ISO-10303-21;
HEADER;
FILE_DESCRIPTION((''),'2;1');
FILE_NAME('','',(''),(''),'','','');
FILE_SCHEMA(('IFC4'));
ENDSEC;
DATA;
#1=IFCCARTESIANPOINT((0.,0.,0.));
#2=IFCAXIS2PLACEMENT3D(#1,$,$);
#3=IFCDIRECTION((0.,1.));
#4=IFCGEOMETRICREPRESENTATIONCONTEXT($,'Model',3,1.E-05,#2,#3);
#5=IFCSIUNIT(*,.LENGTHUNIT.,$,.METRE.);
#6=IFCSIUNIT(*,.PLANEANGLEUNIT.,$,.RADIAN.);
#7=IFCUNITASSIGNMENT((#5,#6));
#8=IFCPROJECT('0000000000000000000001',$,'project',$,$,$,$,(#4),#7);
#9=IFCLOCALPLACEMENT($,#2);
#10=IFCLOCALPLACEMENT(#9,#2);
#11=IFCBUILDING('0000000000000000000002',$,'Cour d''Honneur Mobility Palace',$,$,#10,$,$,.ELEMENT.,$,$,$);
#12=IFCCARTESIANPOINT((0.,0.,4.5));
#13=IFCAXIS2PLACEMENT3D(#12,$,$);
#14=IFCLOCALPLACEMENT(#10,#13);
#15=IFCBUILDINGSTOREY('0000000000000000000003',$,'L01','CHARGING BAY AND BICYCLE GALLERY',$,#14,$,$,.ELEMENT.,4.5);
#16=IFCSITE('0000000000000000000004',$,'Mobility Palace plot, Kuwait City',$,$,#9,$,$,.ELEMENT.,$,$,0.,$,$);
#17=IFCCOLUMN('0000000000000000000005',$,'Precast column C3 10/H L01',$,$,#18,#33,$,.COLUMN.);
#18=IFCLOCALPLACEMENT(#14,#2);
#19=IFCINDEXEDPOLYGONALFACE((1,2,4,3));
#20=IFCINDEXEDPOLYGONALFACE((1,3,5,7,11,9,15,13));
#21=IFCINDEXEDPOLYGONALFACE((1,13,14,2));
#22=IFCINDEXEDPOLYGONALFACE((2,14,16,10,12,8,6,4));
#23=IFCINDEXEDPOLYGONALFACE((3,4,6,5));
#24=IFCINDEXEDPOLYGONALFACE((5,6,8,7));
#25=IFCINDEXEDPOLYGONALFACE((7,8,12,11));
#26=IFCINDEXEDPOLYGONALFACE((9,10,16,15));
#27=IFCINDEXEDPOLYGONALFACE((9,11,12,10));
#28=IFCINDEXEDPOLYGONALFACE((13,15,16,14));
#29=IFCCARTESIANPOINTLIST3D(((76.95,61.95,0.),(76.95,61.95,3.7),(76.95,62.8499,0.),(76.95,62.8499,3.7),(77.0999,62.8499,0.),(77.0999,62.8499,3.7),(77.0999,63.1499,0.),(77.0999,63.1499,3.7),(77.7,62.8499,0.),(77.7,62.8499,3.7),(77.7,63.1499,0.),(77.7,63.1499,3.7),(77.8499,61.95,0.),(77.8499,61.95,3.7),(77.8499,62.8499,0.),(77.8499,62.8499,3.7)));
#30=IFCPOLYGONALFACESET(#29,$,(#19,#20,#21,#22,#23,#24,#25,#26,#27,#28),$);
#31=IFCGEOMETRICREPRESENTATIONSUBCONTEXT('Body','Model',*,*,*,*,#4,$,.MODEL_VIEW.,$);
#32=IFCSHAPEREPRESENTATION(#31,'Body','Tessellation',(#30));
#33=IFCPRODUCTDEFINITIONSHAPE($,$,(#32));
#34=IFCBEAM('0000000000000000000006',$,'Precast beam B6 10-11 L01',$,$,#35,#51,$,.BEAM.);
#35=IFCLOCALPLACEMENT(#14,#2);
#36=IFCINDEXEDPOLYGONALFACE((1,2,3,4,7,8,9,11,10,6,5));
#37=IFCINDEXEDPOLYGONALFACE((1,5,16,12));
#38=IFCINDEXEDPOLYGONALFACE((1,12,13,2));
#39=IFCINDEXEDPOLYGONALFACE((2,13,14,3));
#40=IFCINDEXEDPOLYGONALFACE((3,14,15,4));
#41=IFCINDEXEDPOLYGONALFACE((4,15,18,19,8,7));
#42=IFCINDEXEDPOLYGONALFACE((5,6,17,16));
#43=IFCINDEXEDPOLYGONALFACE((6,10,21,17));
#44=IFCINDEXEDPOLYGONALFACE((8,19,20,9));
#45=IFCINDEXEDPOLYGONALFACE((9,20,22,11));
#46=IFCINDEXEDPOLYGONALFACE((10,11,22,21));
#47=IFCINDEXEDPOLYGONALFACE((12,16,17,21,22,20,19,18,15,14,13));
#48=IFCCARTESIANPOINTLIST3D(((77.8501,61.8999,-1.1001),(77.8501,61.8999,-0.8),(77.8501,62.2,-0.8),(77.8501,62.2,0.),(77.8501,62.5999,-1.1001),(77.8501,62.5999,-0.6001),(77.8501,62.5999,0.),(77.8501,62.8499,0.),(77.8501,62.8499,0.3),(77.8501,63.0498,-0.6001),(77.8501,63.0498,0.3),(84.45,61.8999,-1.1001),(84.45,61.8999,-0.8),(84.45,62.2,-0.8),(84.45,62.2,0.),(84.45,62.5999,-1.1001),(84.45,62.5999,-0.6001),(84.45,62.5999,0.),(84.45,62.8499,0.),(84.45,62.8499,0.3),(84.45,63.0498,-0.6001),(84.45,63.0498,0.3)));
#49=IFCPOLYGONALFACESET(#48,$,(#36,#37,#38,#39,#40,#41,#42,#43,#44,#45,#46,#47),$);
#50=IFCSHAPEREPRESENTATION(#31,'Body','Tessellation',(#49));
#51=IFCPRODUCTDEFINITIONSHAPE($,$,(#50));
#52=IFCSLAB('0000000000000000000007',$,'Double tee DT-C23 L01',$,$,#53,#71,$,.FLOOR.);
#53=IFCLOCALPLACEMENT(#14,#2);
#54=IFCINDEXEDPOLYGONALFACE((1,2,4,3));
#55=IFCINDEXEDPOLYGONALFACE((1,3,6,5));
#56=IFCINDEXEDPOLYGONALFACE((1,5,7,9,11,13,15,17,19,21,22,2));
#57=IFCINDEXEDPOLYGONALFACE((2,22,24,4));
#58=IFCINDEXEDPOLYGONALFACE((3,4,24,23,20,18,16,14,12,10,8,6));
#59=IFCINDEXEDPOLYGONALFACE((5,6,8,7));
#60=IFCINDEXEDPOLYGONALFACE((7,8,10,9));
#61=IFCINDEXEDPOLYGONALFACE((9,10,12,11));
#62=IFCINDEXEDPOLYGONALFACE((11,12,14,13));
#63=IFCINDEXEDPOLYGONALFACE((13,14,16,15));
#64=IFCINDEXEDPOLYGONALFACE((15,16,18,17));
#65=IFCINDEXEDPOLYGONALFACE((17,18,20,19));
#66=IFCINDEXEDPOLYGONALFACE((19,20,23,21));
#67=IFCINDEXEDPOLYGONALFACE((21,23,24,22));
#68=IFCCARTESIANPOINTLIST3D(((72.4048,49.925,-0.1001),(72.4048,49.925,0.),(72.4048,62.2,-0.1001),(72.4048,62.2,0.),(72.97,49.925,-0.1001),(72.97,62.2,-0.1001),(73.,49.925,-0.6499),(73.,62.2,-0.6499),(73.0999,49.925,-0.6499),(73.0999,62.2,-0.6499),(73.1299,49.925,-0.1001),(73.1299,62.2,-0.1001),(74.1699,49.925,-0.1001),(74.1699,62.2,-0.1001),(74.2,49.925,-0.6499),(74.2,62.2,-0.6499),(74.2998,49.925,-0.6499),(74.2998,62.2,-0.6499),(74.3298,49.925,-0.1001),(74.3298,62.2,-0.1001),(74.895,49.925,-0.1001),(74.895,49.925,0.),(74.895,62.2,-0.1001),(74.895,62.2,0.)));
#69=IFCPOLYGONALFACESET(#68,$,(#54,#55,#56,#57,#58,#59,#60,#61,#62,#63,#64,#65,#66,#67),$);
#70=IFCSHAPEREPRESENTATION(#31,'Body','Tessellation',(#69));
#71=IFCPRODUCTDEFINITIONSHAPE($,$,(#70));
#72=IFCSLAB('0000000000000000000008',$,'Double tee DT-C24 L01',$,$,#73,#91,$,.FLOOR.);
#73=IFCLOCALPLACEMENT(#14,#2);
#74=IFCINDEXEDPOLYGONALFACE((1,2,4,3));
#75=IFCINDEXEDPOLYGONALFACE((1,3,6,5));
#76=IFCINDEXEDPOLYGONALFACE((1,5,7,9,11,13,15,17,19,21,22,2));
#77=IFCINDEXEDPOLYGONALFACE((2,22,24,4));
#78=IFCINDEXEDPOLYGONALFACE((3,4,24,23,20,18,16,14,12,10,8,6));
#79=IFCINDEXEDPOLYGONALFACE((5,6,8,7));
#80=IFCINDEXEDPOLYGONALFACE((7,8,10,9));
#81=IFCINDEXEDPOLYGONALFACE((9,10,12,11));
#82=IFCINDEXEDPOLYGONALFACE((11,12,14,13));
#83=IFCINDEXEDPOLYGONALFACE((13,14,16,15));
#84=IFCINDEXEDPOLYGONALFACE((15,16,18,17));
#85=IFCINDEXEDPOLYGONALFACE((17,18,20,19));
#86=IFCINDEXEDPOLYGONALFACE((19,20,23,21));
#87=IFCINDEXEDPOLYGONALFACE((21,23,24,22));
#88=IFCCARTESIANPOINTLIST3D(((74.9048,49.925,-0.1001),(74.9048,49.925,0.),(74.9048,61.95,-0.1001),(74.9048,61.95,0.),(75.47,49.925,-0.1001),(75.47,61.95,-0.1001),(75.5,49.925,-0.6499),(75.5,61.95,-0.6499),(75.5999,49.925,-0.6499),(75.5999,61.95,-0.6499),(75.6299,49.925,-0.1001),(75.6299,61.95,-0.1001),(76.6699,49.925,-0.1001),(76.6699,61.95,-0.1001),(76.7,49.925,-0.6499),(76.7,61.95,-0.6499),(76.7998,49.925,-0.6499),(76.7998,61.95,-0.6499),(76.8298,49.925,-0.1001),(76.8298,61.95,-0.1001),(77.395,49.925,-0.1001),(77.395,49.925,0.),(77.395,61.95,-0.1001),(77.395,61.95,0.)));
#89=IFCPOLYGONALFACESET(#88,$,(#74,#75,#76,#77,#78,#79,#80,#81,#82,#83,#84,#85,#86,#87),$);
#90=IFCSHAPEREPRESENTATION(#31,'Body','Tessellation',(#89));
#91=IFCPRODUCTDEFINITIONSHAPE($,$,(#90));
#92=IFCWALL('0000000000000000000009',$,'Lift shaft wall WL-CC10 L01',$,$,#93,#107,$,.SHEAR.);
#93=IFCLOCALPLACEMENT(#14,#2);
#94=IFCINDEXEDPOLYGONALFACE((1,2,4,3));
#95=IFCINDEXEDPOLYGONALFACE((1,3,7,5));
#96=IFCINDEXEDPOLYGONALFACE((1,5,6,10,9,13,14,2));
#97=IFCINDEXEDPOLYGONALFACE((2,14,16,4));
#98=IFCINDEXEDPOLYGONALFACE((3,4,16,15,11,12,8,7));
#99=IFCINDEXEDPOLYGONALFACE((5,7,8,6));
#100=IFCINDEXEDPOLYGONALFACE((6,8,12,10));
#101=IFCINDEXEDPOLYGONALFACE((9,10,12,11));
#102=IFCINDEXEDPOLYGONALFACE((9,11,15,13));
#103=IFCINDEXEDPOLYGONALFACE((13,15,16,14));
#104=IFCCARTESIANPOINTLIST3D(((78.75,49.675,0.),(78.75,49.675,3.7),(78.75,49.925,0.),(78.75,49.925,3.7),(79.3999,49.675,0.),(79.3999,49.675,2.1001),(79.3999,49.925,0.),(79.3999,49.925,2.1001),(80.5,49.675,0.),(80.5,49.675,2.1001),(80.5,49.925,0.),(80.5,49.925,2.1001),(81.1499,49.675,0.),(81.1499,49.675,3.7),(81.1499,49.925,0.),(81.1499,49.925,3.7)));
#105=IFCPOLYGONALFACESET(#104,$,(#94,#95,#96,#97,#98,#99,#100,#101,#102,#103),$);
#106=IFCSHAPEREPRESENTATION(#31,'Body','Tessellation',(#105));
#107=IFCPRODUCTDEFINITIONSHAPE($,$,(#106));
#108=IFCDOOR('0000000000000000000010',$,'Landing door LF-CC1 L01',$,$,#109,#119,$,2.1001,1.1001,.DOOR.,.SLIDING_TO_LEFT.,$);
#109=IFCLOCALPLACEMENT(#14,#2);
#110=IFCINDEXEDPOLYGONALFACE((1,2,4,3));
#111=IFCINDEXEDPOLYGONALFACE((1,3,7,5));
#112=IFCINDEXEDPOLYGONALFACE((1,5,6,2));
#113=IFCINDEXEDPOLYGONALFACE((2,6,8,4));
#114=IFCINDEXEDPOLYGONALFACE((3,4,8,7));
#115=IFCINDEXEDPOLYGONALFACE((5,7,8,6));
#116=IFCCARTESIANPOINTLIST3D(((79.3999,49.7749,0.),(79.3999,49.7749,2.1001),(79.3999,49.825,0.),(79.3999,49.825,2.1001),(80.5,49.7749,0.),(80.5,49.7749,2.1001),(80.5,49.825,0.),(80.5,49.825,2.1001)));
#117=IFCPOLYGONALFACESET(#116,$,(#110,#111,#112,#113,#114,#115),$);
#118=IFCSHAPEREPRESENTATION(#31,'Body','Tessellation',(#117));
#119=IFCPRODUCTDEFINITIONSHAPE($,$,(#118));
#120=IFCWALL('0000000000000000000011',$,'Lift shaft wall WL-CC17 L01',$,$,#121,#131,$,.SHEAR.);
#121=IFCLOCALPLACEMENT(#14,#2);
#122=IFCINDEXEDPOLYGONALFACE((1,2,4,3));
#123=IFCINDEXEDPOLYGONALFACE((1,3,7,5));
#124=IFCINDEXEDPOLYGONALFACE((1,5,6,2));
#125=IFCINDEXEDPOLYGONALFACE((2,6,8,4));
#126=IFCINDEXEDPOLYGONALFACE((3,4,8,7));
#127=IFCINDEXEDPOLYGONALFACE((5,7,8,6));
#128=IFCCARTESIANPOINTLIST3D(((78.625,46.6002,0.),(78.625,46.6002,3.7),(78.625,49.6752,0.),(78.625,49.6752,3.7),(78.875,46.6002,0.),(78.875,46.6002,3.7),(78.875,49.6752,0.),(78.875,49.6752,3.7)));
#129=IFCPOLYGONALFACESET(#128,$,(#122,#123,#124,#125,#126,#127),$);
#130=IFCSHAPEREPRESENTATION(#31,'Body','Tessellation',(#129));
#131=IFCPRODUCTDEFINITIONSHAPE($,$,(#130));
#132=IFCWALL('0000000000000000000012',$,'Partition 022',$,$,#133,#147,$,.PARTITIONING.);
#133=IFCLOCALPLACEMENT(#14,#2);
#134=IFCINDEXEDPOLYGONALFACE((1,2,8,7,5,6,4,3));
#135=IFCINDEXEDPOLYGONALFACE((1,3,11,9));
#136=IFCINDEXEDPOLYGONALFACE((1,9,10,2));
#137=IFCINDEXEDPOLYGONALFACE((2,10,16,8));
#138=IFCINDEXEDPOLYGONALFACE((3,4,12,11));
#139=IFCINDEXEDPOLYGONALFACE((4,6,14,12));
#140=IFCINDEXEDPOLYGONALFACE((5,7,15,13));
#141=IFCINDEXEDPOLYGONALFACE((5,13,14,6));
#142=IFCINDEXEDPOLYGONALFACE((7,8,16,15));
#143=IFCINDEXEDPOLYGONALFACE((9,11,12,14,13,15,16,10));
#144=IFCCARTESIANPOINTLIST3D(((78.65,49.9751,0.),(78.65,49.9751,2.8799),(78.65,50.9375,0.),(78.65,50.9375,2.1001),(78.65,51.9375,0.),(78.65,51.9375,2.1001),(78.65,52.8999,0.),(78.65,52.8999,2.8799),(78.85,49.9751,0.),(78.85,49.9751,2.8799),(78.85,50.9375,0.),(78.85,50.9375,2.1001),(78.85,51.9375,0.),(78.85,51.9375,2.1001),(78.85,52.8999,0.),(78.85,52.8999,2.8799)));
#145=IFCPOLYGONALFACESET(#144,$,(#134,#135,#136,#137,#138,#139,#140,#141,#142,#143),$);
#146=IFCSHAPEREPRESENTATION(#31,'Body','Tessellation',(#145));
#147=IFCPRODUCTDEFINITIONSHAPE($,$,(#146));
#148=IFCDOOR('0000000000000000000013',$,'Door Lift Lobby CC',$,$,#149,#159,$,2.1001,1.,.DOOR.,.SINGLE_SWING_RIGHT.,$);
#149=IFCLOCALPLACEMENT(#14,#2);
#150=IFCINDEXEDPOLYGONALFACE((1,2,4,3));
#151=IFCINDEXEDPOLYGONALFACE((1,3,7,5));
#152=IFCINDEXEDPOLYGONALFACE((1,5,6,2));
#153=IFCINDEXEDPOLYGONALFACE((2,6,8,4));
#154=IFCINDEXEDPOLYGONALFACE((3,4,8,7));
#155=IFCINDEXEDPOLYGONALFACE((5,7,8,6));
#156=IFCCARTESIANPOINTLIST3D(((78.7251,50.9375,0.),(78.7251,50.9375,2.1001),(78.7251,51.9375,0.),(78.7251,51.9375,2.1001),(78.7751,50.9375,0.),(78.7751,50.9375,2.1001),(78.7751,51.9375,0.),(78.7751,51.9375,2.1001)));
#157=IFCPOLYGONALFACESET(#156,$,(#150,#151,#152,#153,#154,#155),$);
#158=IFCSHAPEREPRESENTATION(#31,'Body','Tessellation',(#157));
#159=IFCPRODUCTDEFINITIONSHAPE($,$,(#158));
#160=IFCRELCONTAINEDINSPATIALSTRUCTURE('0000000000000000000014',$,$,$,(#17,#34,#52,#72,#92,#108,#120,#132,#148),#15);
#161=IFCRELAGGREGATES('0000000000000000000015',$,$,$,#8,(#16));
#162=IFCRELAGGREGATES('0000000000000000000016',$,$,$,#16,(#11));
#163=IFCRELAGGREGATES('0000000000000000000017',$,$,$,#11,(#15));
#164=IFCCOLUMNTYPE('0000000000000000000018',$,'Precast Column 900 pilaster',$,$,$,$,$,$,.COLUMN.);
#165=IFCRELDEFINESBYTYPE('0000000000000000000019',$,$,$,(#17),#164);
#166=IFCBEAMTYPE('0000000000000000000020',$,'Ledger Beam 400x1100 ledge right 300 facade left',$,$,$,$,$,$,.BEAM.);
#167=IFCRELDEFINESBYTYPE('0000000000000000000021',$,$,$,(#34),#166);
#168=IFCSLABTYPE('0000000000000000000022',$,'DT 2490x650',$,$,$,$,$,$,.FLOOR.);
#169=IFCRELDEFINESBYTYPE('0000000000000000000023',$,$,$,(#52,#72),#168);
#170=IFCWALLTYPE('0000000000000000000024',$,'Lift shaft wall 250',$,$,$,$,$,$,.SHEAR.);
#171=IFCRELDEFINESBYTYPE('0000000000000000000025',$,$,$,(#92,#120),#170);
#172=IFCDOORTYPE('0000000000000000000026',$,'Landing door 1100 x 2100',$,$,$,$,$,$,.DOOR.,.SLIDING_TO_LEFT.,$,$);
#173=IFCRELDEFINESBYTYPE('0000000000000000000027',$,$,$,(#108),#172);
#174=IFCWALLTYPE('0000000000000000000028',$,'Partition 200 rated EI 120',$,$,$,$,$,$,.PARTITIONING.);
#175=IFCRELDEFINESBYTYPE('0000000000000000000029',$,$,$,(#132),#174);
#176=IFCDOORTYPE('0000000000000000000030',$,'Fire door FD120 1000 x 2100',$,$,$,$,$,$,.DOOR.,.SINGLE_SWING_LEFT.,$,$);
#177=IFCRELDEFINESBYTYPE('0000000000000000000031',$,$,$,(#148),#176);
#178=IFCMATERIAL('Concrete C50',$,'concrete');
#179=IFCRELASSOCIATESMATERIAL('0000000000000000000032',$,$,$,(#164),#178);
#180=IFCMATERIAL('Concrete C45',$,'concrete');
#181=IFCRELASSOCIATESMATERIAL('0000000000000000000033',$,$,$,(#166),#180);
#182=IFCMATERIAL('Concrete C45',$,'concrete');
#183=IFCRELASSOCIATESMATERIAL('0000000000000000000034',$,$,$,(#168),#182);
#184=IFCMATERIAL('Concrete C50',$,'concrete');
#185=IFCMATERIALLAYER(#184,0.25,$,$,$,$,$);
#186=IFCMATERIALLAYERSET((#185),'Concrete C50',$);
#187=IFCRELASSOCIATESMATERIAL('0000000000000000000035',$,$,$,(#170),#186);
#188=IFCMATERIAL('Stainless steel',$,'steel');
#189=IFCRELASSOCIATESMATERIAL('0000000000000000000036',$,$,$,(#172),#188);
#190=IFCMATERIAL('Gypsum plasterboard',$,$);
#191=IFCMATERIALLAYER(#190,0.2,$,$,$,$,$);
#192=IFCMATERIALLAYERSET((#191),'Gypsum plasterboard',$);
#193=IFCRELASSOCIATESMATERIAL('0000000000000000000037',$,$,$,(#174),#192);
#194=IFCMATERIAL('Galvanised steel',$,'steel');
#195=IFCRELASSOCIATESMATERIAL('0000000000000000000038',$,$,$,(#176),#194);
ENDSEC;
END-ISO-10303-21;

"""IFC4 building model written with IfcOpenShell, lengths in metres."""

from ifc_helpers import new_model, si_unit, direction, frame, frame_2d, origin, place, context, subcontext, project, spatial, polyline, rectangle, outline, extrude, material, layer, layer_set, material_profile, profile_set, type_object, element, fill, save


model = new_model("IFC4")

# Units and contexts
model_context = context("Model", 3, precision=1e-05, world=origin(), true_north=direction((0.0, 1.0)))
body_context = subcontext(model_context, "Body", "Model", "MODEL_VIEW")
ifc_project = project(units=[si_unit("LENGTHUNIT", "METRE"), si_unit("PLANEANGLEUNIT", "RADIAN")], contexts=[model_context])

# Site, building, storey
site_placement = place(None, origin())
site = spatial("IfcSite", under=ifc_project, at=site_placement, Name="Mobility Palace plot, Kuwait City", CompositionType="ELEMENT", RefElevation=0.0)
building_placement = place(site_placement, origin())
building = spatial("IfcBuilding", under=site, at=building_placement, Name="Cour d'Honneur Mobility Palace", CompositionType="ELEMENT")
storey_placement = place(building_placement, frame((0.0, 0.0, 4.5)))
storey = spatial("IfcBuildingStorey", under=building, at=storey_placement, Name="L01", Description="CHARGING BAY AND BICYCLE GALLERY", CompositionType="ELEMENT", Elevation=4.5)

# Column
ifc_material_1 = material(Name="Concrete C50", Category="concrete")
ifc_material_profile_1 = material_profile(ifc_material_1, outline(polyline([(-0.45, -0.45), (0.45, -0.45), (0.45, -0.3), (0.75, -0.3), (0.75, 0.3), (0.45, 0.3), (0.45, 0.45), (-0.45, 0.45), (-0.45, -0.45)])), Name="PC C900 pilaster")
ifc_profile_set_1 = profile_set([ifc_material_profile_1], Name="Concrete C50")
column_type = type_object("IfcColumnType", Name="Precast Column 900 pilaster", PredefinedType="COLUMN", material=ifc_profile_set_1)
column_placement = place(storey_placement, frame((77.3999, 62.3999, 0.0), z_axis=(0.0, 0.0, 1.0), x_axis=(0.0, 1.0, 0.0)))
element("IfcColumn", 1, at=column_placement, inside=storey, type_object=column_type, Name="Precast column C3 10/H L01", PredefinedType="COLUMN", context=body_context, shape_type="SweptSolid", body=[
    extrude(outline(polyline([(-0.45, -0.45), (0.45, -0.45), (0.45, -0.3), (0.75, -0.3), (0.75, 0.3), (0.45, 0.3), (0.45, 0.45), (-0.45, 0.45), (-0.45, -0.45)])), origin(), (0.0, 0.0, 1.0), 3.7),
])

# Beam
ifc_material_2 = material(Name="Concrete C45", Category="concrete")
ifc_material_profile_2 = material_profile(ifc_material_2, outline(polyline([(0.2, -1.1001), (0.2, -0.6001), (0.6499, -0.6001), (0.6499, 0.3), (0.45, 0.3), (0.45, 0.0), (0.2, 0.0), (-0.2, 0.0), (-0.2, -0.8), (-0.5, -0.8), (-0.5, -1.1001), (0.2, -1.1001)])), Name="Ledger Beam 400x1100 ledge right 300 facade left")
ifc_profile_set_2 = profile_set([ifc_material_profile_2], Name="Concrete C45")
beam_type = type_object("IfcBeamType", Name="Ledger Beam 400x1100 ledge right 300 facade left", PredefinedType="BEAM", material=ifc_profile_set_2)
beam_placement = place(storey_placement, frame((77.8501, 62.3999, 0.0), z_axis=(1.0, 0.0, 0.0), x_axis=(0.0, 1.0, 0.0)))
element("IfcBeam", 2, at=beam_placement, inside=storey, type_object=beam_type, Name="Precast beam B6 10-11 L01", PredefinedType="BEAM", context=body_context, shape_type="SweptSolid", body=[
    extrude(outline(polyline([(0.2, -1.1001), (0.2, -0.6001), (0.6499, -0.6001), (0.6499, 0.3), (0.45, 0.3), (0.45, 0.0), (0.2, 0.0), (-0.2, 0.0), (-0.2, -0.8), (-0.5, -0.8), (-0.5, -1.1001), (0.2, -1.1001)])), origin(), (0.0, 0.0, 1.0), 6.5999),
])

# Slabs
ifc_material_3 = material(Name="Concrete C45", Category="concrete")
ifc_material_profile_3 = material_profile(ifc_material_3, outline(polyline([(-1.2451, 0.0), (1.2451, 0.0), (1.2451, -0.1001), (0.6799, -0.1001), (0.6499, -0.6499), (0.55, -0.6499), (0.52, -0.1001), (-0.52, -0.1001), (-0.55, -0.6499), (-0.6499, -0.6499), (-0.6799, -0.1001), (-1.2451, -0.1001), (-1.2451, 0.0)])), Name="DT 2490x650")
ifc_profile_set_3 = profile_set([ifc_material_profile_3], Name="Concrete C45")
slab_type = type_object("IfcSlabType", Name="DT 2490x650", PredefinedType="FLOOR", material=ifc_profile_set_3)
slab_1_placement = place(storey_placement, frame((73.6499, 49.925, 0.0), z_axis=(0.0, 1.0, 0.0), x_axis=(-1.0, 0.0, 0.0)))
element("IfcSlab", 3, at=slab_1_placement, inside=storey, type_object=slab_type, Name="Double tee DT-C23 L01", PredefinedType="FLOOR", context=body_context, shape_type="SweptSolid", body=[
    extrude(outline(polyline([(-1.2451, 0.0), (1.2451, 0.0), (1.2451, -0.1001), (0.6799, -0.1001), (0.6499, -0.6499), (0.55, -0.6499), (0.52, -0.1001), (-0.52, -0.1001), (-0.55, -0.6499), (-0.6499, -0.6499), (-0.6799, -0.1001), (-1.2451, -0.1001), (-1.2451, 0.0)])), origin(), (0.0, 0.0, 1.0), 12.2749),
])
slab_2_placement = place(storey_placement, frame((76.1499, 49.925, 0.0), z_axis=(0.0, 1.0, 0.0), x_axis=(-1.0, 0.0, 0.0)))
element("IfcSlab", 4, at=slab_2_placement, inside=storey, type_object=slab_type, Name="Double tee DT-C24 L01", PredefinedType="FLOOR", context=body_context, shape_type="SweptSolid", body=[
    extrude(outline(polyline([(-1.2451, 0.0), (1.2451, 0.0), (1.2451, -0.1001), (0.6799, -0.1001), (0.6499, -0.6499), (0.55, -0.6499), (0.52, -0.1001), (-0.52, -0.1001), (-0.55, -0.6499), (-0.6499, -0.6499), (-0.6799, -0.1001), (-1.2451, -0.1001), (-1.2451, 0.0)])), origin(), (0.0, 0.0, 1.0), 12.0249),
])

# Wall, opening, door
ifc_material_4 = material(Name="Concrete C50", Category="concrete")
ifc_layer_1 = layer(ifc_material_4, 0.25)
ifc_layer_set_1 = layer_set([ifc_layer_1], Name="Concrete C50")
wall_type_1 = type_object("IfcWallType", Name="Lift shaft wall 250", PredefinedType="SHEAR", material=ifc_layer_set_1)
wall_1_placement = place(storey_placement, frame((78.75, 49.8, 0.0), z_axis=(0.0, 0.0, 1.0), x_axis=(1.0, 0.0, 0.0)))
wall_1 = element("IfcWall", 5, at=wall_1_placement, inside=storey, type_object=wall_type_1, Name="Lift shaft wall WL-CC10 L01", PredefinedType="SHEAR", context=body_context, shape_type="SweptSolid", body=[
    extrude(rectangle(XDim=2.3999, YDim=0.25, at=frame_2d((1.2, 0.0))), origin(), (0.0, 0.0, 1.0), 3.7),
])
opening_1_placement = place(wall_1_placement, frame((0.6499, 0.0, 0.0)))
opening_1 = element("IfcOpeningElement", 6, at=opening_1_placement, cuts=wall_1, PredefinedType="OPENING", context=body_context, shape_type="SweptSolid", body=[
    extrude(rectangle(XDim=1.1001, YDim=2.1001, at=frame_2d((0.55, 1.05))), frame((0.0, 0.135, 0.0), z_axis=(0.0, -1.0, 0.0), x_axis=(1.0, 0.0, 0.0)), (0.0, 0.0, 1.0), 0.27),
])
ifc_material_5 = material(Name="Stainless steel", Category="steel")
door_type_1 = type_object("IfcDoorType", Name="Landing door 1100 x 2100", OperationType="SLIDING_TO_LEFT", PredefinedType="DOOR", material=ifc_material_5)
door_1_placement = place(opening_1_placement, origin())
door_1 = element("IfcDoor", 7, at=door_1_placement, inside=storey, type_object=door_type_1, Name="Landing door LF-CC1 L01", OperationType="SLIDING_TO_LEFT", OverallHeight=2.1001, OverallWidth=1.1001, PredefinedType="DOOR", context=body_context, shape_type="SweptSolid", body=[
    extrude(rectangle(XDim=1.1001, YDim=2.1001, at=frame_2d((0.55, 1.05))), frame((0.0, 0.0249, 0.0), z_axis=(0.0, -1.0, 0.0), x_axis=(1.0, 0.0, 0.0)), (0.0, 0.0, 1.0), 0.05),
])
fill(opening_1, door_1)

# Wall
wall_2_placement = place(storey_placement, frame((78.75, 46.6001, 0.0), z_axis=(0.0, 0.0, 1.0), x_axis=(0.0, 1.0, 0.0)))
element("IfcWall", 8, at=wall_2_placement, inside=storey, type_object=wall_type_1, Name="Lift shaft wall WL-CC17 L01", PredefinedType="SHEAR", context=body_context, shape_type="SweptSolid", body=[
    extrude(rectangle(XDim=3.075, YDim=0.25, at=frame_2d((1.5376, 0.0))), origin(), (0.0, 0.0, 1.0), 3.7),
])

# Wall, opening, door
ifc_material_6 = material(Name="Gypsum plasterboard")
ifc_layer_2 = layer(ifc_material_6, 0.2)
ifc_layer_set_2 = layer_set([ifc_layer_2], Name="Gypsum plasterboard")
wall_type_2 = type_object("IfcWallType", Name="Partition 200 rated EI 120", PredefinedType="PARTITIONING", material=ifc_layer_set_2)
wall_3_placement = place(storey_placement, frame((78.75, 49.9751, 0.0), z_axis=(0.0, 0.0, 1.0), x_axis=(0.0, 1.0, 0.0)))
wall_3 = element("IfcWall", 9, at=wall_3_placement, inside=storey, type_object=wall_type_2, Name="Partition 022", PredefinedType="PARTITIONING", context=body_context, shape_type="SweptSolid", body=[
    extrude(rectangle(XDim=2.9248, YDim=0.2, at=frame_2d((1.4624, 0.0))), origin(), (0.0, 0.0, 1.0), 2.8799),
])
opening_2_placement = place(wall_3_placement, frame((0.9624, 0.0, 0.0)))
opening_2 = element("IfcOpeningElement", 10, at=opening_2_placement, cuts=wall_3, PredefinedType="OPENING", context=body_context, shape_type="SweptSolid", body=[
    extrude(rectangle(XDim=1.0, YDim=2.1001, at=frame_2d((0.5, 1.05))), frame((0.0, 0.1099, 0.0), z_axis=(0.0, -1.0, 0.0), x_axis=(1.0, 0.0, 0.0)), (0.0, 0.0, 1.0), 0.22),
])
ifc_material_7 = material(Name="Galvanised steel", Category="steel")
door_type_2 = type_object("IfcDoorType", Name="Fire door FD120 1000 x 2100", OperationType="SINGLE_SWING_LEFT", PredefinedType="DOOR", material=ifc_material_7)
door_2_placement = place(opening_2_placement, origin())
door_2 = element("IfcDoor", 11, at=door_2_placement, inside=storey, type_object=door_type_2, Name="Door Lift Lobby CC", OperationType="SINGLE_SWING_RIGHT", OverallHeight=2.1001, OverallWidth=1.0, PredefinedType="DOOR", context=body_context, shape_type="SweptSolid", body=[
    extrude(rectangle(XDim=1.0, YDim=2.1001, at=frame_2d((0.5, 1.05))), frame((0.0, 0.0249, 0.0), z_axis=(0.0, -1.0, 0.0), x_axis=(1.0, 0.0, 0.0)), (0.0, 0.0, 1.0), 0.05),
])
fill(opening_2, door_2)

save(model, "model.ifc")
